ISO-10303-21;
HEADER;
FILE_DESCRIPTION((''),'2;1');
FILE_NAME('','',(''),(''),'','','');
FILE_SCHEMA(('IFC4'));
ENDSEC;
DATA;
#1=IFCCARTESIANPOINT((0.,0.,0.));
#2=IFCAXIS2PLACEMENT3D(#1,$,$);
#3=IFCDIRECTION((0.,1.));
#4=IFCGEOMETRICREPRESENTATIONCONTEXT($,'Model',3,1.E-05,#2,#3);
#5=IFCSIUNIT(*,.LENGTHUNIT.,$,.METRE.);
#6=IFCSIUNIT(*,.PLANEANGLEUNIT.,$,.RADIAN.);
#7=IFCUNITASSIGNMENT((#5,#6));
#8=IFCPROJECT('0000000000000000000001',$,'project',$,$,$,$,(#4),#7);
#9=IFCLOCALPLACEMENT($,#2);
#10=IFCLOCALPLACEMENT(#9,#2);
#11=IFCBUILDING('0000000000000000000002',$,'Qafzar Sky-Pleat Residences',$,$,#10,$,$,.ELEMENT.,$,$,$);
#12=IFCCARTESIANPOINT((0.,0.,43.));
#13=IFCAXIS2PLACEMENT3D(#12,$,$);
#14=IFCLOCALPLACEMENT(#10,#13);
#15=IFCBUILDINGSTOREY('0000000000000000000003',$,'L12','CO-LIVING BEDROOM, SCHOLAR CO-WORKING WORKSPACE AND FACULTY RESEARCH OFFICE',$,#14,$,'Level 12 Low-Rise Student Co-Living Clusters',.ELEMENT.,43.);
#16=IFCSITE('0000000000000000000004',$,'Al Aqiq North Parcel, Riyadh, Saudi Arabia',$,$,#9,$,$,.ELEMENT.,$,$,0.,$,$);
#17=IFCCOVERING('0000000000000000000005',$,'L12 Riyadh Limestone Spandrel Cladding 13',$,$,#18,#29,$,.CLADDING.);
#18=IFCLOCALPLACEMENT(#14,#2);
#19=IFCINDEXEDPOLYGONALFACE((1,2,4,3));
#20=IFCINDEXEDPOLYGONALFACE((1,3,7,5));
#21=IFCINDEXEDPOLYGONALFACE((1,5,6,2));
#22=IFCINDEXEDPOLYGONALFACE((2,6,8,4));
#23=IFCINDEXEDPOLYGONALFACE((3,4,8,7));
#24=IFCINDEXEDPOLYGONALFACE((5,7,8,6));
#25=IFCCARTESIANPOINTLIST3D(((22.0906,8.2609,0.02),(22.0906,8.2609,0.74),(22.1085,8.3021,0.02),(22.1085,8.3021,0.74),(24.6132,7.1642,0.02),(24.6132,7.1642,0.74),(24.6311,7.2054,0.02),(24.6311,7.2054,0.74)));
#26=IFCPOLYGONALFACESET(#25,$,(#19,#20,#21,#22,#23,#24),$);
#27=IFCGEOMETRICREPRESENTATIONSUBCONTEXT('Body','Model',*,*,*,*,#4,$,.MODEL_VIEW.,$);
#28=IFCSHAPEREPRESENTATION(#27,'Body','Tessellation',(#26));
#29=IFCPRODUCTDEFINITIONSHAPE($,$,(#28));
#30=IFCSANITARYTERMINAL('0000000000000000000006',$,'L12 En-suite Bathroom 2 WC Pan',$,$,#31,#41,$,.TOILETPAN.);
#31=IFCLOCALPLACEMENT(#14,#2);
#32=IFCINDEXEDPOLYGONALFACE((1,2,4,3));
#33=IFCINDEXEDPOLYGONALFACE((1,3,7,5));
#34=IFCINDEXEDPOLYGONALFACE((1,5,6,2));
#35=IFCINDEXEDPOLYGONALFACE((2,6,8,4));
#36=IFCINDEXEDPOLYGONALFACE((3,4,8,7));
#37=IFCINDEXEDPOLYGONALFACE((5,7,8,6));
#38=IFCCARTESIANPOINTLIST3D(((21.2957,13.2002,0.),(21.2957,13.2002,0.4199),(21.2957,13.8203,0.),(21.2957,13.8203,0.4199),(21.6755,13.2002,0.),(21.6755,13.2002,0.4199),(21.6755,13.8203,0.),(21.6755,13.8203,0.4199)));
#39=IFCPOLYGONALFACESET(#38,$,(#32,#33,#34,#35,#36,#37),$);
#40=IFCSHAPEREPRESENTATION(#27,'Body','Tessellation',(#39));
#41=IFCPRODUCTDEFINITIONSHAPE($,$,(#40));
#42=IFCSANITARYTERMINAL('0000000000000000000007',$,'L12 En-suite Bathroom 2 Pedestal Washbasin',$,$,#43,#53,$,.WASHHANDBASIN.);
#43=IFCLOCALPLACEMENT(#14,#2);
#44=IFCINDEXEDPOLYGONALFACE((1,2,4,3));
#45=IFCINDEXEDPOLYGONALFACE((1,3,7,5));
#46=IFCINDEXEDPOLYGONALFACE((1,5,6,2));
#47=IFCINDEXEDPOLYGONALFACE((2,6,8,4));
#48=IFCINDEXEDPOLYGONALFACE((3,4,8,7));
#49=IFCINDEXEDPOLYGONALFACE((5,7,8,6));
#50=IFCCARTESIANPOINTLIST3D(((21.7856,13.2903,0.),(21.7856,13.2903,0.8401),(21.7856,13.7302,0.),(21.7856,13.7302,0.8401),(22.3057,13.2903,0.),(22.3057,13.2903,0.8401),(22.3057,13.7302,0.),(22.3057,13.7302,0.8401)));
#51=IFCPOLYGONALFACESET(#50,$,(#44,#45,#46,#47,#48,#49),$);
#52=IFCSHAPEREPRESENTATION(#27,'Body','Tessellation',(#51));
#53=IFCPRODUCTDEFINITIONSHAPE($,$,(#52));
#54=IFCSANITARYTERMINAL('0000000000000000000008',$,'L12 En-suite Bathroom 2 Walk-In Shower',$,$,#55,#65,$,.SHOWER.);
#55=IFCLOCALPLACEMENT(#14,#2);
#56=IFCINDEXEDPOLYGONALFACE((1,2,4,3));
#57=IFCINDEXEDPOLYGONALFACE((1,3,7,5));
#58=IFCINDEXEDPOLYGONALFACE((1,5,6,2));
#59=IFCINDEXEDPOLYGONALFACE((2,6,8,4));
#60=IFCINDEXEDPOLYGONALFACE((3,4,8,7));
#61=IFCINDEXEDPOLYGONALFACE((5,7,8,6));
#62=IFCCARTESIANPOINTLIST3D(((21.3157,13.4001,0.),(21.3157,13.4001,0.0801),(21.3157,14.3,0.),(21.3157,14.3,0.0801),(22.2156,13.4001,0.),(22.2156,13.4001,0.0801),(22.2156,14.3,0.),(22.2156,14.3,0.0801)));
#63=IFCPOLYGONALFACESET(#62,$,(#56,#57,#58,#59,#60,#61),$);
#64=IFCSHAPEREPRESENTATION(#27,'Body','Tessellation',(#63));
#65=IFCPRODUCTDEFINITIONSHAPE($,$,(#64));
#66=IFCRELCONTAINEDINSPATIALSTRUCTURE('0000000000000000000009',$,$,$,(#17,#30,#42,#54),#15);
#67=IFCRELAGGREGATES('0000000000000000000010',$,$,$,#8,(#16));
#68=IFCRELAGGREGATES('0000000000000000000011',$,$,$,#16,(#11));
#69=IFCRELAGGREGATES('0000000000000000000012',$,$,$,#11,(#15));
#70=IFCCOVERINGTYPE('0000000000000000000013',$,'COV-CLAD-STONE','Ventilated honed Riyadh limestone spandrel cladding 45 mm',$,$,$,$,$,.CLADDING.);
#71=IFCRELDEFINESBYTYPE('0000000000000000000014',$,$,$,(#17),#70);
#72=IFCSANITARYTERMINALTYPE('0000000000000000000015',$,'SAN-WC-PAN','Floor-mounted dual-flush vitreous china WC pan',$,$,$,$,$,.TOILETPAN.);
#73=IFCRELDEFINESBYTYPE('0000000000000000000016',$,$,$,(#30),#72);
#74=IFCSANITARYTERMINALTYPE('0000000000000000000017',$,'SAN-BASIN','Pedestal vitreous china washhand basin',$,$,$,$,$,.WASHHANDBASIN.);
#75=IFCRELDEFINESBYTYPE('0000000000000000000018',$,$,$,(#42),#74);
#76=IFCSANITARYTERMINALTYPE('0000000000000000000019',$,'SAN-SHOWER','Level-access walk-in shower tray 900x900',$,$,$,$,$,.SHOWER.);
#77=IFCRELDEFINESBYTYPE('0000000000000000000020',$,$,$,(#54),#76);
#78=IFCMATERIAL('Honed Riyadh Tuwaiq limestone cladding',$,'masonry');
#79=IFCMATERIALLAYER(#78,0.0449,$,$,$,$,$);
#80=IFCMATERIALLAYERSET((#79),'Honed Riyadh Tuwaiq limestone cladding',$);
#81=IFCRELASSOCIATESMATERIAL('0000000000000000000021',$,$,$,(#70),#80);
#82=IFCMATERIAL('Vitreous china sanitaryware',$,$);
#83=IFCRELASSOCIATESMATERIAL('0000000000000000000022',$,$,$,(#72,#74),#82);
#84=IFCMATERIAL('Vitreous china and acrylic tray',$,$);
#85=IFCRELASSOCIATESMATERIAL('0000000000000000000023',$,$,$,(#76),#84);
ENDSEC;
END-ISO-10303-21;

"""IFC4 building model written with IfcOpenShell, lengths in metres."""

from ifc_helpers import new_model, si_unit, direction, frame, origin, origin_2d, place, context, subcontext, project, spatial, rectangle, extrude, source, transform, mapped, material, layer, layer_set, type_object, element, save


model = new_model("IFC4")

# Units and contexts
model_context = context("Model", 3, precision=1e-05, world=origin(), true_north=direction((0.0, 1.0)))
body_context = subcontext(model_context, "Body", "Model", "MODEL_VIEW")
ifc_project = project(units=[si_unit("LENGTHUNIT", "METRE"), si_unit("PLANEANGLEUNIT", "RADIAN")], contexts=[model_context])

# Site, building, storey
site_placement = place(None, origin())
site = spatial("IfcSite", under=ifc_project, at=site_placement, Name="Al Aqiq North Parcel, Riyadh, Saudi Arabia", CompositionType="ELEMENT", RefElevation=0.0)
building_placement = place(site_placement, origin())
building = spatial("IfcBuilding", under=site, at=building_placement, Name="Qafzar Sky-Pleat Residences", CompositionType="ELEMENT")
storey_placement = place(building_placement, frame((0.0, 0.0, 43.0)))
storey = spatial("IfcBuildingStorey", under=building, at=storey_placement, Name="L12", Description="CO-LIVING BEDROOM, SCHOLAR CO-WORKING WORKSPACE AND FACULTY RESEARCH OFFICE", LongName="Level 12 Low-Rise Student Co-Living Clusters", CompositionType="ELEMENT", Elevation=43.0)

# Covering
ifc_material_1 = material(Name="Honed Riyadh Tuwaiq limestone cladding", Category="masonry")
ifc_layer_1 = layer(ifc_material_1, 0.0449)
ifc_layer_set_1 = layer_set([ifc_layer_1], Name="Honed Riyadh Tuwaiq limestone cladding")
covering_type = type_object("IfcCoveringType", Name="COV-CLAD-STONE", Description="Ventilated honed Riyadh limestone spandrel cladding 45 mm", PredefinedType="CLADDING", material=ifc_layer_set_1)
shared_shape_1 = source(origin(), body_context, "Body", "SweptSolid", [
    extrude(rectangle(XDim=2.7507, YDim=0.0449, at=origin_2d()), origin(), (0.0, 0.0, 1.0), 0.72),
])
covering_placement = place(storey_placement, frame((23.3608, 7.7332, 0.02), z_axis=(0.0, 0.0, 1.0), x_axis=(0.917076, -0.398712, 0.0)))
element("IfcCovering", 1, at=covering_placement, inside=storey, type_object=covering_type, Name="L12 Riyadh Limestone Spandrel Cladding 13", PredefinedType="CLADDING", context=body_context, shape_type="MappedRepresentation", body=[
    mapped(shared_shape_1, transform((0.0, 0.0, 0.0), x_axis=(1.0, 0.0, 0.0), y_axis=(0.0, 1.0, 0.0), z_axis=(0.0, 0.0, 1.0), scale=1.0)),
])

# Sanitary terminals
ifc_material_2 = material(Name="Vitreous china sanitaryware")
sanitary_terminal_type_1 = type_object("IfcSanitaryTerminalType", Name="SAN-WC-PAN", Description="Floor-mounted dual-flush vitreous china WC pan", PredefinedType="TOILETPAN", material=ifc_material_2)
shared_shape_2 = source(origin(), body_context, "Body", "SweptSolid", [
    extrude(rectangle(XDim=0.3799, YDim=0.6201, at=origin_2d()), origin(), (0.0, 0.0, 1.0), 0.4199),
])
sanitary_terminal_1_placement = place(storey_placement, frame((21.4856, 13.5103, 0.0), z_axis=(0.0, 0.0, 1.0), x_axis=(1.0, 0.0, 0.0)))
element("IfcSanitaryTerminal", 2, at=sanitary_terminal_1_placement, inside=storey, type_object=sanitary_terminal_type_1, Name="L12 En-suite Bathroom 2 WC Pan", PredefinedType="TOILETPAN", context=body_context, shape_type="MappedRepresentation", body=[
    mapped(shared_shape_2, transform((0.0, 0.0, 0.0), x_axis=(1.0, 0.0, 0.0), y_axis=(0.0, 1.0, 0.0), z_axis=(0.0, 0.0, 1.0), scale=1.0)),
])
sanitary_terminal_type_2 = type_object("IfcSanitaryTerminalType", Name="SAN-BASIN", Description="Pedestal vitreous china washhand basin", PredefinedType="WASHHANDBASIN", material=ifc_material_2)
shared_shape_3 = source(origin(), body_context, "Body", "SweptSolid", [
    extrude(rectangle(XDim=0.52, YDim=0.4399, at=origin_2d()), origin(), (0.0, 0.0, 1.0), 0.8401),
])
sanitary_terminal_2_placement = place(storey_placement, frame((22.0457, 13.5103, 0.0), z_axis=(0.0, 0.0, 1.0), x_axis=(1.0, 0.0, 0.0)))
element("IfcSanitaryTerminal", 3, at=sanitary_terminal_2_placement, inside=storey, type_object=sanitary_terminal_type_2, Name="L12 En-suite Bathroom 2 Pedestal Washbasin", PredefinedType="WASHHANDBASIN", context=body_context, shape_type="MappedRepresentation", body=[
    mapped(shared_shape_3, transform((0.0, 0.0, 0.0), x_axis=(1.0, 0.0, 0.0), y_axis=(0.0, 1.0, 0.0), z_axis=(0.0, 0.0, 1.0), scale=1.0)),
])
ifc_material_3 = material(Name="Vitreous china and acrylic tray")
sanitary_terminal_type_3 = type_object("IfcSanitaryTerminalType", Name="SAN-SHOWER", Description="Level-access walk-in shower tray 900x900", PredefinedType="SHOWER", material=ifc_material_3)
shared_shape_4 = source(origin(), body_context, "Body", "SweptSolid", [
    extrude(rectangle(XDim=0.8999, YDim=0.8999, at=origin_2d()), origin(), (0.0, 0.0, 1.0), 0.0801),
])
sanitary_terminal_3_placement = place(storey_placement, frame((21.7656, 13.8501, 0.0), z_axis=(0.0, 0.0, 1.0), x_axis=(1.0, 0.0, 0.0)))
element("IfcSanitaryTerminal", 4, at=sanitary_terminal_3_placement, inside=storey, type_object=sanitary_terminal_type_3, Name="L12 En-suite Bathroom 2 Walk-In Shower", PredefinedType="SHOWER", context=body_context, shape_type="MappedRepresentation", body=[
    mapped(shared_shape_4, transform((0.0, 0.0, 0.0), x_axis=(1.0, 0.0, 0.0), y_axis=(0.0, 1.0, 0.0), z_axis=(0.0, 0.0, 1.0), scale=1.0)),
])

save(model, "model.ifc")
